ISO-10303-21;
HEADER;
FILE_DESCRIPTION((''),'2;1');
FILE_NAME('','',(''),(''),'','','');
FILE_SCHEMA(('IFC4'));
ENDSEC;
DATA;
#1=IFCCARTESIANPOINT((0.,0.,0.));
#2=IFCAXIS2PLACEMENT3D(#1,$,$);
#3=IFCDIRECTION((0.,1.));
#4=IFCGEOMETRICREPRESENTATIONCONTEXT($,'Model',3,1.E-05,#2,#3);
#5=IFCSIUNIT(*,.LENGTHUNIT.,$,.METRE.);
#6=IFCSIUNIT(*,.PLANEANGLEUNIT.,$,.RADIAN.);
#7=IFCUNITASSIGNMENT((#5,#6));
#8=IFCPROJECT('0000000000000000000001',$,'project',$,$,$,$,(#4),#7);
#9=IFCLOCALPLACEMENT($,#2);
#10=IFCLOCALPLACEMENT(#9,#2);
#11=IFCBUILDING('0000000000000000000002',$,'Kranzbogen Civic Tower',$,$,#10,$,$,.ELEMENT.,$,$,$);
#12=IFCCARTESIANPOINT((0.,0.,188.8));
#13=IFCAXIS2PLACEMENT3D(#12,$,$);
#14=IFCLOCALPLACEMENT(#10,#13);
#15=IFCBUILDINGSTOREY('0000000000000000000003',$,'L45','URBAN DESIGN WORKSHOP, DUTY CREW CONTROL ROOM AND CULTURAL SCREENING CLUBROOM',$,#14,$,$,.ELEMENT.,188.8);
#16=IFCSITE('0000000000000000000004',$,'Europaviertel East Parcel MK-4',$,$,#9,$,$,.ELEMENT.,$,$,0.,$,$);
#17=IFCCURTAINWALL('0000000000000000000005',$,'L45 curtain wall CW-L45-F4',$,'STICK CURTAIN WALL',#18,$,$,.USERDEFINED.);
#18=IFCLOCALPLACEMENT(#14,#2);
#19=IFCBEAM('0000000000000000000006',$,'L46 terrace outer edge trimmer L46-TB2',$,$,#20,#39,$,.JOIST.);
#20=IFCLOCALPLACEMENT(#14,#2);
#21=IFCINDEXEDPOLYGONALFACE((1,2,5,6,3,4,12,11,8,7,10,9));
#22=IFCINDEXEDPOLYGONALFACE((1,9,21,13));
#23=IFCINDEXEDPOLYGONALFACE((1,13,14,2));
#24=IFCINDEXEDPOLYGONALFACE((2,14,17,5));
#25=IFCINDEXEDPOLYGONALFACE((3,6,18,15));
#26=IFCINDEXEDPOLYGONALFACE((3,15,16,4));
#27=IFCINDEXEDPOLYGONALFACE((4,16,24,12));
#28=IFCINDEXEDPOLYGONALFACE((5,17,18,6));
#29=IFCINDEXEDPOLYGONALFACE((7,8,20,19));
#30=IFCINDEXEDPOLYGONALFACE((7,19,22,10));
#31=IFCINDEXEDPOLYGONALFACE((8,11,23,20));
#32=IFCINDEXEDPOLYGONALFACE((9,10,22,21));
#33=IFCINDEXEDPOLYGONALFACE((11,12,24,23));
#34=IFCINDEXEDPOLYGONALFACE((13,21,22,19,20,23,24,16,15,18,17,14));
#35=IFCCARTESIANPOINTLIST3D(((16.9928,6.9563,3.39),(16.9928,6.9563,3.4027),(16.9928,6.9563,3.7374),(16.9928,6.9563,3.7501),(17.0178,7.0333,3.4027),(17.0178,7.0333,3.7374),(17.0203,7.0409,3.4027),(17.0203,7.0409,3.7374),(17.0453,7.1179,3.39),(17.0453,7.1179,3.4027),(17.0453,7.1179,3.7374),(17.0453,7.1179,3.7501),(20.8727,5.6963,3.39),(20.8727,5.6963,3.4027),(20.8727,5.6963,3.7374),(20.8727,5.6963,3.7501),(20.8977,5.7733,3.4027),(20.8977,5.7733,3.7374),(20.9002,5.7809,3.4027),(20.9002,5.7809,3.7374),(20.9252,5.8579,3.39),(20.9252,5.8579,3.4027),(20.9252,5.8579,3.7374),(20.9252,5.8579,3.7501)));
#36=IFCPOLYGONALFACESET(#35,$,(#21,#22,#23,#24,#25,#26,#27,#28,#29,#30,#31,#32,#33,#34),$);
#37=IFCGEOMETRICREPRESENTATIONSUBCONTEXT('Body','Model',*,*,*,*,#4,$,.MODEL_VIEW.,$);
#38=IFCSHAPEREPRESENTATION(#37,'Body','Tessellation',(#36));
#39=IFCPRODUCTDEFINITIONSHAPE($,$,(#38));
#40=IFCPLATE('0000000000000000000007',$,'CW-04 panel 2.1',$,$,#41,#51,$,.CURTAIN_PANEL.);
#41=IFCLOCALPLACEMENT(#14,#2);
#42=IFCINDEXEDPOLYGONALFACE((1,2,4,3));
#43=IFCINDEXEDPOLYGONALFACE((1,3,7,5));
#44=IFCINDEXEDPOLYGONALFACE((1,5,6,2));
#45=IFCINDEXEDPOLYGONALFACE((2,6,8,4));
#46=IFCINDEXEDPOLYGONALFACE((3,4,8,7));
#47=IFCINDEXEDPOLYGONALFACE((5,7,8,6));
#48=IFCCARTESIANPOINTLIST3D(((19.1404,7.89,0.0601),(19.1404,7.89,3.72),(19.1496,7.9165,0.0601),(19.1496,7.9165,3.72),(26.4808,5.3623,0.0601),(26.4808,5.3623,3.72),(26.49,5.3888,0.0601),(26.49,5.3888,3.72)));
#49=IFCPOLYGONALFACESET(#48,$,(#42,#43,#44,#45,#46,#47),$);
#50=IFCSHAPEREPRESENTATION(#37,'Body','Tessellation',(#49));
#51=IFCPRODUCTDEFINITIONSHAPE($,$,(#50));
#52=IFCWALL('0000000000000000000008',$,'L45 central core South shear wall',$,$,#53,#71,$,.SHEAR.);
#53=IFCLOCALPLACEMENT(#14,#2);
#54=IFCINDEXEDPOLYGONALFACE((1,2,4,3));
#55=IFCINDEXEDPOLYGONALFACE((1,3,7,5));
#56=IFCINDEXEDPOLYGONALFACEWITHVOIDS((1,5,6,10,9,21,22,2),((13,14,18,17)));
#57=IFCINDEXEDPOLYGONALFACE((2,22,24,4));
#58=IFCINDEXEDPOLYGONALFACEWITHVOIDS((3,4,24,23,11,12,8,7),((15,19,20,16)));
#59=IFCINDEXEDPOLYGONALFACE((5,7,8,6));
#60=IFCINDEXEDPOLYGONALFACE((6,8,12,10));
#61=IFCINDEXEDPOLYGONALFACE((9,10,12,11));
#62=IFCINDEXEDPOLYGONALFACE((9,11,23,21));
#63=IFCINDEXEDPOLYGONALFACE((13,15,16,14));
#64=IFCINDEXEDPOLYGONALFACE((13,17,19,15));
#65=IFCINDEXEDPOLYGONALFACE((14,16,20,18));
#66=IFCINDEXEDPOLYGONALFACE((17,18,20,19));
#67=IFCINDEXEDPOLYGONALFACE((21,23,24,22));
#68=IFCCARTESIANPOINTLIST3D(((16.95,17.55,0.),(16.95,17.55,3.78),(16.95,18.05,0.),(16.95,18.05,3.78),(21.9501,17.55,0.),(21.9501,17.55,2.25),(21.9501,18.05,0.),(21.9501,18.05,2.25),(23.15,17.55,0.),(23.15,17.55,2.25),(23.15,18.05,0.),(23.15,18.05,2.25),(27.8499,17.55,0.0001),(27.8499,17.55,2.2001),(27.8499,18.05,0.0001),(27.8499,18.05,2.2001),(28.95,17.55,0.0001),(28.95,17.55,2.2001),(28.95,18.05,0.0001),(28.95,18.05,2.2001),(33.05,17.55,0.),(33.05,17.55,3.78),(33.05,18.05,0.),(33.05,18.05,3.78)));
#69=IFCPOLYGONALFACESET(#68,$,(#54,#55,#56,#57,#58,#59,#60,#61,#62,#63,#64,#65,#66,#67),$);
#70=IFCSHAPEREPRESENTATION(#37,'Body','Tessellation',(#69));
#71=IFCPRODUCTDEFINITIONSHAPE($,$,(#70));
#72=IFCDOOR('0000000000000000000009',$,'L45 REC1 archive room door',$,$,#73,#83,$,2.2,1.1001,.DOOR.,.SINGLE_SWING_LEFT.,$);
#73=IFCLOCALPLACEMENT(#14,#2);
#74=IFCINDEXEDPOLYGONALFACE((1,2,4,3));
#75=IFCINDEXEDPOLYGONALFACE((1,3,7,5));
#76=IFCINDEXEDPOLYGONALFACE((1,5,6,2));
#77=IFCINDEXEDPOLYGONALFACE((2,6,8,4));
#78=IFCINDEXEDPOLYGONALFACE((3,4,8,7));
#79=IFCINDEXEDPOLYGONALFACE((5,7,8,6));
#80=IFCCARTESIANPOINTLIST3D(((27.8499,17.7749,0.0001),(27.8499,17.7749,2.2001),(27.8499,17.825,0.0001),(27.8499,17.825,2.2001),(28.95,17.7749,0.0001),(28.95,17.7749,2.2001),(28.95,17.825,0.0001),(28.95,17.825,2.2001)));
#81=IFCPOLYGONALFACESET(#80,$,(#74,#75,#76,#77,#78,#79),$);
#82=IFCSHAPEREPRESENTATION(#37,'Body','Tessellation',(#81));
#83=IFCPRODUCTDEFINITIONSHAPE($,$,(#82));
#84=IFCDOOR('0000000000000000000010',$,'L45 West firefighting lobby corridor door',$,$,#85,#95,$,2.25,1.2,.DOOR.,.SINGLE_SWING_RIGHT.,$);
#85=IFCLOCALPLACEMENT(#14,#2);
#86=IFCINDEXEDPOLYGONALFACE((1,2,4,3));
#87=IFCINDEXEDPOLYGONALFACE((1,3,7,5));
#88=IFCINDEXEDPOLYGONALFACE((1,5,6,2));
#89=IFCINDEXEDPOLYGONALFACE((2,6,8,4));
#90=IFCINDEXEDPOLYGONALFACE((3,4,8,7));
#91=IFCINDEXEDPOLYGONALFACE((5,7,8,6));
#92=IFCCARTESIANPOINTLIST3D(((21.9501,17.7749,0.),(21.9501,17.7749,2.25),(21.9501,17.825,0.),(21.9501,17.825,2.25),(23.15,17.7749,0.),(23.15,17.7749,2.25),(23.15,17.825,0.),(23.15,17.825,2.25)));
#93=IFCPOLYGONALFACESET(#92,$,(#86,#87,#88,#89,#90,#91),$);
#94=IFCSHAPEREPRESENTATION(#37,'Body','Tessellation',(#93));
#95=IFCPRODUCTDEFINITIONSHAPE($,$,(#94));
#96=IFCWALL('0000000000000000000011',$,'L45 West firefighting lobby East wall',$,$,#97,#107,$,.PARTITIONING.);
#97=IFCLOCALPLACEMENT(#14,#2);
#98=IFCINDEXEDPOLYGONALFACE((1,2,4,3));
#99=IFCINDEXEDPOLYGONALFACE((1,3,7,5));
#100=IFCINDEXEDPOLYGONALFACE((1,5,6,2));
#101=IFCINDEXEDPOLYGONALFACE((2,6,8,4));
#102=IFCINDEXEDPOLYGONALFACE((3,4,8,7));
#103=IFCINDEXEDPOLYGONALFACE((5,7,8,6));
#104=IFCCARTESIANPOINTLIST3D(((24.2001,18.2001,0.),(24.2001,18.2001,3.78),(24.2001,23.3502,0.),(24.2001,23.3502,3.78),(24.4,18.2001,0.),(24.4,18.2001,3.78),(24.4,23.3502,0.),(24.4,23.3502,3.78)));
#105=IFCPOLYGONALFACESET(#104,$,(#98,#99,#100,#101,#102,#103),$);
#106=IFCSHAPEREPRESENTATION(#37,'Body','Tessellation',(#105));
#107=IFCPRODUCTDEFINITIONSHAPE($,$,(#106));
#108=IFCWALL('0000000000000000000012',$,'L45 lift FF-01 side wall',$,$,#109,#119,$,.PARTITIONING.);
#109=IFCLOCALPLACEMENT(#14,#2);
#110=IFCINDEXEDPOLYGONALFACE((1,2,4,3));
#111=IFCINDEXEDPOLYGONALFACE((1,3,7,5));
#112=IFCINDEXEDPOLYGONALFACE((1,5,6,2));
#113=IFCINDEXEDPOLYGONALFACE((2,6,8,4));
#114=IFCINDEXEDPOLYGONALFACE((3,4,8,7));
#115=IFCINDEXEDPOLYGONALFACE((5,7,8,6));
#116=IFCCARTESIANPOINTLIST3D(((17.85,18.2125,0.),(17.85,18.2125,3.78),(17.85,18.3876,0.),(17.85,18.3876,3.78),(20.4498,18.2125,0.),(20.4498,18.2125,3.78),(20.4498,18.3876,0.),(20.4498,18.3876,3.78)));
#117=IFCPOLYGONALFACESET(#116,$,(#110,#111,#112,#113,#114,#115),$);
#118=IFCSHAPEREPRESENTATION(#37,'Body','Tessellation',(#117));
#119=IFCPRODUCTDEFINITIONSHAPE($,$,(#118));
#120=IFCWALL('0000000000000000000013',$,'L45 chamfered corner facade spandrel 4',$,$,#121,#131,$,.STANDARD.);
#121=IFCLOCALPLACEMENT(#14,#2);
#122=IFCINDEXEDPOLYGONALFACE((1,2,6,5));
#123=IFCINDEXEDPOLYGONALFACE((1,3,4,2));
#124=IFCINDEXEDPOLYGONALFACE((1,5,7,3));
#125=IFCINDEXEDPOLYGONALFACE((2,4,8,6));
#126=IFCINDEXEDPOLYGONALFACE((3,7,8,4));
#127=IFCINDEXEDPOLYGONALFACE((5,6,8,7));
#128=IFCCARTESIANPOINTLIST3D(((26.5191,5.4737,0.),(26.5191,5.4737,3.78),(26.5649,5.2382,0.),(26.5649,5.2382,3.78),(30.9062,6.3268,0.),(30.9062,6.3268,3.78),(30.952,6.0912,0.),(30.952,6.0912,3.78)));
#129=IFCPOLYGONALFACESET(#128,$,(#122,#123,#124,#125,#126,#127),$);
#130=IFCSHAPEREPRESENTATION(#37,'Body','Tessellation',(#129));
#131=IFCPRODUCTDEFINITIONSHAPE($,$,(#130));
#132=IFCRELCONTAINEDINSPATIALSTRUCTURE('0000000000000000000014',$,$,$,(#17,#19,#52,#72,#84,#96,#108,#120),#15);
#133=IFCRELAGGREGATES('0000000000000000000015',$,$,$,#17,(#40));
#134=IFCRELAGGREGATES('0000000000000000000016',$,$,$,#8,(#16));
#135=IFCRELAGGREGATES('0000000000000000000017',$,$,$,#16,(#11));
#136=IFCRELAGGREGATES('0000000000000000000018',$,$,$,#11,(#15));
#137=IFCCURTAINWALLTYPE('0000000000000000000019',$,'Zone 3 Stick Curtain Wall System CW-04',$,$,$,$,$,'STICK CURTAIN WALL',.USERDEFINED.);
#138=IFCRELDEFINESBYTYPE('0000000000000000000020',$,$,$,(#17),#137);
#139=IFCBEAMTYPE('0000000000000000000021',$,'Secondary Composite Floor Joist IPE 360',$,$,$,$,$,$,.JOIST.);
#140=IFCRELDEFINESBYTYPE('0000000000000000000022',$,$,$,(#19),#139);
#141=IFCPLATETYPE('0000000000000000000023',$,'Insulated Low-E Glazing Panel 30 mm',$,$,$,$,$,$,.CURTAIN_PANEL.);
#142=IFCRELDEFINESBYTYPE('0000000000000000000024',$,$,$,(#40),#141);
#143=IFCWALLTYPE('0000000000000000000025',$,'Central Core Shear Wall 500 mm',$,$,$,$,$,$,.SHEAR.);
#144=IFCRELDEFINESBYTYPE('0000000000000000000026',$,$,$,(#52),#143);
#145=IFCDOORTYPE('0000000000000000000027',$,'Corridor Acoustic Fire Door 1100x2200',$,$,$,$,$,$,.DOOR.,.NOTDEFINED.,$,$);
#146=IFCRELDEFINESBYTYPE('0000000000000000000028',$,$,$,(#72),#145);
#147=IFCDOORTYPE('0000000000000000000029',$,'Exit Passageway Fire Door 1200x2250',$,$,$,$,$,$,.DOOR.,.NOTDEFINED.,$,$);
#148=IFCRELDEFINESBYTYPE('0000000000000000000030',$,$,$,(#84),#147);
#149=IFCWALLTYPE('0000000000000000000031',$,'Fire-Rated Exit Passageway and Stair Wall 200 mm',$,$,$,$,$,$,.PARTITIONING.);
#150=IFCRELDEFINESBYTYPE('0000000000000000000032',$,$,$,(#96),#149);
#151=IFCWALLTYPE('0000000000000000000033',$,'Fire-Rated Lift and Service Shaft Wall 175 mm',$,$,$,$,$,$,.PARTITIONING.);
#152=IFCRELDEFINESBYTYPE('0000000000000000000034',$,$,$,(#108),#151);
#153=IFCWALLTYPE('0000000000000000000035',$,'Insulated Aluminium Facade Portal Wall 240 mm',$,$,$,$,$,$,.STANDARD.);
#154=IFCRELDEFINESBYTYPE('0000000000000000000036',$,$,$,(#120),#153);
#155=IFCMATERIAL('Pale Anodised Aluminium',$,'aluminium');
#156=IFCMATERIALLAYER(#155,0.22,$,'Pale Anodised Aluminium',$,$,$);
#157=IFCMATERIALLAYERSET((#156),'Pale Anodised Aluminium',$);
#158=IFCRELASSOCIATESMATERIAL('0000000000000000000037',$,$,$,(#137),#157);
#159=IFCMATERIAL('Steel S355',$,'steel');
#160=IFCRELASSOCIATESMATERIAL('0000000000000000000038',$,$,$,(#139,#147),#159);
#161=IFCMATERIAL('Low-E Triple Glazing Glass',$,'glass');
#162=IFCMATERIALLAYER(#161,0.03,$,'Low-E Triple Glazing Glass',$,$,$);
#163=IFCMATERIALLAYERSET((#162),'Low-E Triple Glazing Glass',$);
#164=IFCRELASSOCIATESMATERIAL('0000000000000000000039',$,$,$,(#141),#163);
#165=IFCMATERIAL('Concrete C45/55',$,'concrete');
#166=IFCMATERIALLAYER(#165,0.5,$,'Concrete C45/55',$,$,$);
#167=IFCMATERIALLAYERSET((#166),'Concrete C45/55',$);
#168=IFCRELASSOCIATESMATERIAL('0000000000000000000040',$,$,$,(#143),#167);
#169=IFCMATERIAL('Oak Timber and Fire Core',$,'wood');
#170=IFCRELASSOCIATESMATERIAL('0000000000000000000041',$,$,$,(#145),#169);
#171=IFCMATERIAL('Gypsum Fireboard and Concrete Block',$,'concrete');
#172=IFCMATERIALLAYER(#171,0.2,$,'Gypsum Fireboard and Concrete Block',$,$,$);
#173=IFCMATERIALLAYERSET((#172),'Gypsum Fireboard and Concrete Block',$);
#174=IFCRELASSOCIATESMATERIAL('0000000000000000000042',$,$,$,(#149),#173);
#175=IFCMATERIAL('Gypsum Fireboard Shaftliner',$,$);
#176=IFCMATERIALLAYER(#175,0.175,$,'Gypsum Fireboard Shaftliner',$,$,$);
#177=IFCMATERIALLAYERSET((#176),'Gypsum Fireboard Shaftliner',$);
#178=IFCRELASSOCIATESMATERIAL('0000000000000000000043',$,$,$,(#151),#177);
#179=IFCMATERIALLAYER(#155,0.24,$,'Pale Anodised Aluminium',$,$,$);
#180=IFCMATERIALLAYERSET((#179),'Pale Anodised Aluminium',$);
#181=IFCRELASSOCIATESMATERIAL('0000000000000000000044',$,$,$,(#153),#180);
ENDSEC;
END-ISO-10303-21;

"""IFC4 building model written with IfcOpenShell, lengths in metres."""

from ifc_helpers import new_model, si_unit, direction, frame, frame_2d, origin, origin_2d, place, context, subcontext, project, spatial, rectangle, i_section, extrude, material, layer, layer_set, material_profile, profile_set, type_object, element, fill, aggregate, save


model = new_model("IFC4")

# Units and contexts
model_context = context("Model", 3, precision=1e-05, world=origin(), true_north=direction((0.0, 1.0)))
body_context = subcontext(model_context, "Body", "Model", "MODEL_VIEW")
ifc_project = project(units=[si_unit("LENGTHUNIT", "METRE"), si_unit("PLANEANGLEUNIT", "RADIAN")], contexts=[model_context])

# Site, building, storey
site_placement = place(None, origin())
site = spatial("IfcSite", under=ifc_project, at=site_placement, Name="Europaviertel East Parcel MK-4", CompositionType="ELEMENT", RefElevation=0.0)
building_placement = place(site_placement, origin())
building = spatial("IfcBuilding", under=site, at=building_placement, Name="Kranzbogen Civic Tower", CompositionType="ELEMENT")
storey_placement = place(building_placement, frame((0.0, 0.0, 188.8)))
storey = spatial("IfcBuildingStorey", under=building, at=storey_placement, Name="L45", Description="URBAN DESIGN WORKSHOP, DUTY CREW CONTROL ROOM AND CULTURAL SCREENING CLUBROOM", CompositionType="ELEMENT", Elevation=188.8)

# Shared definitions
ifc_material_1 = material(Name="Steel S355", Category="steel")

# Curtain wall
ifc_material_2 = material(Name="Pale Anodised Aluminium", Category="aluminium")
ifc_layer_1 = layer(ifc_material_2, 0.22, Name="Pale Anodised Aluminium")
ifc_layer_set_1 = layer_set([ifc_layer_1], Name="Pale Anodised Aluminium")
curtain_wall_type = type_object("IfcCurtainWallType", Name="Zone 3 Stick Curtain Wall System CW-04", ElementType="STICK CURTAIN WALL", PredefinedType="USERDEFINED", material=ifc_layer_set_1)
curtain_wall_placement = place(storey_placement, origin())
curtain_wall = element("IfcCurtainWall", 1, at=curtain_wall_placement, inside=storey, type_object=curtain_wall_type, Name="L45 curtain wall CW-L45-F4", ObjectType="STICK CURTAIN WALL", PredefinedType="USERDEFINED")

# Beam
ifc_material_profile_1 = material_profile(ifc_material_1, i_section(OverallWidth=0.1699, OverallDepth=0.3601, WebThickness=0.0081, FlangeThickness=0.0127, at=origin_2d()), Name="IPE 360")
ifc_profile_set_1 = profile_set([ifc_material_profile_1], Name="Steel S355")
beam_type_1 = type_object("IfcBeamType", Name="Secondary Composite Floor Joist IPE 360", PredefinedType="JOIST", material=ifc_profile_set_1)
beam_1_placement = place(storey_placement, frame((17.019, 7.0371, 3.5701), z_axis=(0.951103, -0.308875, 0.0), x_axis=(0.308875, 0.951103, 0.0)))
element("IfcBeam", 2, at=beam_1_placement, inside=storey, type_object=beam_type_1, Name="L46 terrace outer edge trimmer L46-TB2", PredefinedType="JOIST", context=body_context, shape_type="SweptSolid", body=[
    extrude(i_section(OverallWidth=0.1699, OverallDepth=0.3601, WebThickness=0.0081, FlangeThickness=0.0127, at=origin_2d()), origin(), (0.0, 0.0, 1.0), 4.0793),
])

# Plate
ifc_material_3 = material(Name="Low-E Triple Glazing Glass", Category="glass")
ifc_layer_2 = layer(ifc_material_3, 0.03, Name="Low-E Triple Glazing Glass")
ifc_layer_set_2 = layer_set([ifc_layer_2], Name="Low-E Triple Glazing Glass")
plate_type = type_object("IfcPlateType", Name="Insulated Low-E Glazing Panel 30 mm", PredefinedType="CURTAIN_PANEL", material=ifc_layer_set_2)
plate_placement = place(storey_placement, frame((22.8152, 6.6394, 0.0601), z_axis=(0.0, 0.0, 1.0), x_axis=(0.945511, -0.32559, 0.0)))
plate = element("IfcPlate", 3, at=plate_placement, type_object=plate_type, Name="CW-04 panel 2.1", PredefinedType="CURTAIN_PANEL", context=body_context, shape_type="SweptSolid", body=[
    extrude(rectangle(XDim=7.7634, YDim=0.0281, at=origin_2d()), origin(), (0.0, 0.0, 1.0), 3.6599),
])
aggregate(curtain_wall, [plate])

# Wall, openings, doors
ifc_material_4 = material(Name="Concrete C45/55", Category="concrete")
ifc_layer_3 = layer(ifc_material_4, 0.5, Name="Concrete C45/55")
ifc_layer_set_3 = layer_set([ifc_layer_3], Name="Concrete C45/55")
wall_type_1 = type_object("IfcWallType", Name="Central Core Shear Wall 500 mm", PredefinedType="SHEAR", material=ifc_layer_set_3)
wall_1_placement = place(storey_placement, frame((16.95, 17.8, 0.0), z_axis=(0.0, 0.0, 1.0), x_axis=(1.0, 0.0, 0.0)))
wall_1 = element("IfcWall", 4, at=wall_1_placement, inside=storey, type_object=wall_type_1, Name="L45 central core South shear wall", PredefinedType="SHEAR", context=body_context, shape_type="SweptSolid", body=[
    extrude(rectangle(XDim=16.1001, YDim=0.5, at=frame_2d((8.05, 0.0))), origin(), (0.0, 0.0, 1.0), 3.78),
])
opening_1_placement = place(wall_1_placement, frame((5.0, 0.0, 0.0)))
opening_1 = element("IfcOpeningElement", 5, at=opening_1_placement, cuts=wall_1, PredefinedType="OPENING", context=body_context, shape_type="SweptSolid", body=[
    extrude(rectangle(XDim=1.2, YDim=2.25, at=frame_2d((0.6001, 1.125))), frame((0.0, 0.26, 0.0), z_axis=(0.0, -1.0, 0.0), x_axis=(1.0, 0.0, 0.0)), (0.0, 0.0, 1.0), 0.52),
])
opening_2_placement = place(wall_1_placement, frame((10.8999, 0.0, 0.0)))
opening_2 = element("IfcOpeningElement", 6, at=opening_2_placement, cuts=wall_1, PredefinedType="OPENING", context=body_context, shape_type="SweptSolid", body=[
    extrude(rectangle(XDim=1.1001, YDim=2.2, at=frame_2d((0.55, 1.1001))), frame((0.0, 0.26, 0.0), z_axis=(0.0, -1.0, 0.0), x_axis=(1.0, 0.0, 0.0)), (0.0, 0.0, 1.0), 0.52),
])
ifc_material_5 = material(Name="Oak Timber and Fire Core", Category="wood")
door_type_1 = type_object("IfcDoorType", Name="Corridor Acoustic Fire Door 1100x2200", OperationType="NOTDEFINED", PredefinedType="DOOR", material=ifc_material_5)
door_1_placement = place(opening_2_placement, origin())
door_1 = element("IfcDoor", 7, at=door_1_placement, inside=storey, type_object=door_type_1, Name="L45 REC1 archive room door", OperationType="SINGLE_SWING_LEFT", OverallHeight=2.2, OverallWidth=1.1001, PredefinedType="DOOR", context=body_context, shape_type="SweptSolid", body=[
    extrude(rectangle(XDim=1.1001, YDim=2.2, at=frame_2d((0.55, 1.1001))), frame((0.0, 0.0249, 0.0), z_axis=(0.0, -1.0, 0.0), x_axis=(1.0, 0.0, 0.0)), (0.0, 0.0, 1.0), 0.05),
])
fill(opening_2, door_1)
door_type_2 = type_object("IfcDoorType", Name="Exit Passageway Fire Door 1200x2250", OperationType="NOTDEFINED", PredefinedType="DOOR", material=ifc_material_1)
door_2_placement = place(opening_1_placement, origin())
door_2 = element("IfcDoor", 8, at=door_2_placement, inside=storey, type_object=door_type_2, Name="L45 West firefighting lobby corridor door", OperationType="SINGLE_SWING_RIGHT", OverallHeight=2.25, OverallWidth=1.2, PredefinedType="DOOR", context=body_context, shape_type="SweptSolid", body=[
    extrude(rectangle(XDim=1.2, YDim=2.25, at=frame_2d((0.6001, 1.125))), frame((0.0, 0.0249, 0.0), z_axis=(0.0, -1.0, 0.0), x_axis=(1.0, 0.0, 0.0)), (0.0, 0.0, 1.0), 0.05),
])
fill(opening_1, door_2)

# Walls
ifc_material_6 = material(Name="Gypsum Fireboard and Concrete Block", Category="concrete")
ifc_layer_4 = layer(ifc_material_6, 0.2, Name="Gypsum Fireboard and Concrete Block")
ifc_layer_set_4 = layer_set([ifc_layer_4], Name="Gypsum Fireboard and Concrete Block")
wall_type_2 = type_object("IfcWallType", Name="Fire-Rated Exit Passageway and Stair Wall 200 mm", PredefinedType="PARTITIONING", material=ifc_layer_set_4)
wall_2_placement = place(storey_placement, frame((24.3, 18.2, 0.0), z_axis=(0.0, 0.0, 1.0), x_axis=(0.0, 1.0, 0.0)))
element("IfcWall", 9, at=wall_2_placement, inside=storey, type_object=wall_type_2, Name="L45 West firefighting lobby East wall", PredefinedType="PARTITIONING", context=body_context, shape_type="SweptSolid", body=[
    extrude(rectangle(XDim=5.1501, YDim=0.2, at=frame_2d((2.5752, 0.0))), origin(), (0.0, 0.0, 1.0), 3.78),
])
ifc_material_7 = material(Name="Gypsum Fireboard Shaftliner")
ifc_layer_5 = layer(ifc_material_7, 0.175, Name="Gypsum Fireboard Shaftliner")
ifc_layer_set_5 = layer_set([ifc_layer_5], Name="Gypsum Fireboard Shaftliner")
wall_type_3 = type_object("IfcWallType", Name="Fire-Rated Lift and Service Shaft Wall 175 mm", PredefinedType="PARTITIONING", material=ifc_layer_set_5)
wall_3_placement = place(storey_placement, frame((17.8501, 18.3, 0.0), z_axis=(0.0, 0.0, 1.0), x_axis=(1.0, 0.0, 0.0)))
element("IfcWall", 10, at=wall_3_placement, inside=storey, type_object=wall_type_3, Name="L45 lift FF-01 side wall", PredefinedType="PARTITIONING", context=body_context, shape_type="SweptSolid", body=[
    extrude(rectangle(XDim=2.5999, YDim=0.175, at=frame_2d((1.2998, 0.0))), origin(), (0.0, 0.0, 1.0), 3.78),
])
ifc_layer_6 = layer(ifc_material_2, 0.24, Name="Pale Anodised Aluminium")
ifc_layer_set_6 = layer_set([ifc_layer_6], Name="Pale Anodised Aluminium")
wall_type_4 = type_object("IfcWallType", Name="Insulated Aluminium Facade Portal Wall 240 mm", PredefinedType="STANDARD", material=ifc_layer_set_6)
wall_4_placement = place(storey_placement, frame((26.542, 5.356, 0.0), z_axis=(0.0, 0.0, 1.0), x_axis=(0.981615, 0.190871, 0.0)))
element("IfcWall", 11, at=wall_4_placement, inside=storey, type_object=wall_type_4, Name="L45 chamfered corner facade spandrel 4", PredefinedType="STANDARD", context=body_context, shape_type="SweptSolid", body=[
    extrude(rectangle(XDim=4.4692, YDim=0.24, at=frame_2d((2.2346, 0.0))), origin(), (0.0, 0.0, 1.0), 3.78),
])

save(model, "model.ifc")
